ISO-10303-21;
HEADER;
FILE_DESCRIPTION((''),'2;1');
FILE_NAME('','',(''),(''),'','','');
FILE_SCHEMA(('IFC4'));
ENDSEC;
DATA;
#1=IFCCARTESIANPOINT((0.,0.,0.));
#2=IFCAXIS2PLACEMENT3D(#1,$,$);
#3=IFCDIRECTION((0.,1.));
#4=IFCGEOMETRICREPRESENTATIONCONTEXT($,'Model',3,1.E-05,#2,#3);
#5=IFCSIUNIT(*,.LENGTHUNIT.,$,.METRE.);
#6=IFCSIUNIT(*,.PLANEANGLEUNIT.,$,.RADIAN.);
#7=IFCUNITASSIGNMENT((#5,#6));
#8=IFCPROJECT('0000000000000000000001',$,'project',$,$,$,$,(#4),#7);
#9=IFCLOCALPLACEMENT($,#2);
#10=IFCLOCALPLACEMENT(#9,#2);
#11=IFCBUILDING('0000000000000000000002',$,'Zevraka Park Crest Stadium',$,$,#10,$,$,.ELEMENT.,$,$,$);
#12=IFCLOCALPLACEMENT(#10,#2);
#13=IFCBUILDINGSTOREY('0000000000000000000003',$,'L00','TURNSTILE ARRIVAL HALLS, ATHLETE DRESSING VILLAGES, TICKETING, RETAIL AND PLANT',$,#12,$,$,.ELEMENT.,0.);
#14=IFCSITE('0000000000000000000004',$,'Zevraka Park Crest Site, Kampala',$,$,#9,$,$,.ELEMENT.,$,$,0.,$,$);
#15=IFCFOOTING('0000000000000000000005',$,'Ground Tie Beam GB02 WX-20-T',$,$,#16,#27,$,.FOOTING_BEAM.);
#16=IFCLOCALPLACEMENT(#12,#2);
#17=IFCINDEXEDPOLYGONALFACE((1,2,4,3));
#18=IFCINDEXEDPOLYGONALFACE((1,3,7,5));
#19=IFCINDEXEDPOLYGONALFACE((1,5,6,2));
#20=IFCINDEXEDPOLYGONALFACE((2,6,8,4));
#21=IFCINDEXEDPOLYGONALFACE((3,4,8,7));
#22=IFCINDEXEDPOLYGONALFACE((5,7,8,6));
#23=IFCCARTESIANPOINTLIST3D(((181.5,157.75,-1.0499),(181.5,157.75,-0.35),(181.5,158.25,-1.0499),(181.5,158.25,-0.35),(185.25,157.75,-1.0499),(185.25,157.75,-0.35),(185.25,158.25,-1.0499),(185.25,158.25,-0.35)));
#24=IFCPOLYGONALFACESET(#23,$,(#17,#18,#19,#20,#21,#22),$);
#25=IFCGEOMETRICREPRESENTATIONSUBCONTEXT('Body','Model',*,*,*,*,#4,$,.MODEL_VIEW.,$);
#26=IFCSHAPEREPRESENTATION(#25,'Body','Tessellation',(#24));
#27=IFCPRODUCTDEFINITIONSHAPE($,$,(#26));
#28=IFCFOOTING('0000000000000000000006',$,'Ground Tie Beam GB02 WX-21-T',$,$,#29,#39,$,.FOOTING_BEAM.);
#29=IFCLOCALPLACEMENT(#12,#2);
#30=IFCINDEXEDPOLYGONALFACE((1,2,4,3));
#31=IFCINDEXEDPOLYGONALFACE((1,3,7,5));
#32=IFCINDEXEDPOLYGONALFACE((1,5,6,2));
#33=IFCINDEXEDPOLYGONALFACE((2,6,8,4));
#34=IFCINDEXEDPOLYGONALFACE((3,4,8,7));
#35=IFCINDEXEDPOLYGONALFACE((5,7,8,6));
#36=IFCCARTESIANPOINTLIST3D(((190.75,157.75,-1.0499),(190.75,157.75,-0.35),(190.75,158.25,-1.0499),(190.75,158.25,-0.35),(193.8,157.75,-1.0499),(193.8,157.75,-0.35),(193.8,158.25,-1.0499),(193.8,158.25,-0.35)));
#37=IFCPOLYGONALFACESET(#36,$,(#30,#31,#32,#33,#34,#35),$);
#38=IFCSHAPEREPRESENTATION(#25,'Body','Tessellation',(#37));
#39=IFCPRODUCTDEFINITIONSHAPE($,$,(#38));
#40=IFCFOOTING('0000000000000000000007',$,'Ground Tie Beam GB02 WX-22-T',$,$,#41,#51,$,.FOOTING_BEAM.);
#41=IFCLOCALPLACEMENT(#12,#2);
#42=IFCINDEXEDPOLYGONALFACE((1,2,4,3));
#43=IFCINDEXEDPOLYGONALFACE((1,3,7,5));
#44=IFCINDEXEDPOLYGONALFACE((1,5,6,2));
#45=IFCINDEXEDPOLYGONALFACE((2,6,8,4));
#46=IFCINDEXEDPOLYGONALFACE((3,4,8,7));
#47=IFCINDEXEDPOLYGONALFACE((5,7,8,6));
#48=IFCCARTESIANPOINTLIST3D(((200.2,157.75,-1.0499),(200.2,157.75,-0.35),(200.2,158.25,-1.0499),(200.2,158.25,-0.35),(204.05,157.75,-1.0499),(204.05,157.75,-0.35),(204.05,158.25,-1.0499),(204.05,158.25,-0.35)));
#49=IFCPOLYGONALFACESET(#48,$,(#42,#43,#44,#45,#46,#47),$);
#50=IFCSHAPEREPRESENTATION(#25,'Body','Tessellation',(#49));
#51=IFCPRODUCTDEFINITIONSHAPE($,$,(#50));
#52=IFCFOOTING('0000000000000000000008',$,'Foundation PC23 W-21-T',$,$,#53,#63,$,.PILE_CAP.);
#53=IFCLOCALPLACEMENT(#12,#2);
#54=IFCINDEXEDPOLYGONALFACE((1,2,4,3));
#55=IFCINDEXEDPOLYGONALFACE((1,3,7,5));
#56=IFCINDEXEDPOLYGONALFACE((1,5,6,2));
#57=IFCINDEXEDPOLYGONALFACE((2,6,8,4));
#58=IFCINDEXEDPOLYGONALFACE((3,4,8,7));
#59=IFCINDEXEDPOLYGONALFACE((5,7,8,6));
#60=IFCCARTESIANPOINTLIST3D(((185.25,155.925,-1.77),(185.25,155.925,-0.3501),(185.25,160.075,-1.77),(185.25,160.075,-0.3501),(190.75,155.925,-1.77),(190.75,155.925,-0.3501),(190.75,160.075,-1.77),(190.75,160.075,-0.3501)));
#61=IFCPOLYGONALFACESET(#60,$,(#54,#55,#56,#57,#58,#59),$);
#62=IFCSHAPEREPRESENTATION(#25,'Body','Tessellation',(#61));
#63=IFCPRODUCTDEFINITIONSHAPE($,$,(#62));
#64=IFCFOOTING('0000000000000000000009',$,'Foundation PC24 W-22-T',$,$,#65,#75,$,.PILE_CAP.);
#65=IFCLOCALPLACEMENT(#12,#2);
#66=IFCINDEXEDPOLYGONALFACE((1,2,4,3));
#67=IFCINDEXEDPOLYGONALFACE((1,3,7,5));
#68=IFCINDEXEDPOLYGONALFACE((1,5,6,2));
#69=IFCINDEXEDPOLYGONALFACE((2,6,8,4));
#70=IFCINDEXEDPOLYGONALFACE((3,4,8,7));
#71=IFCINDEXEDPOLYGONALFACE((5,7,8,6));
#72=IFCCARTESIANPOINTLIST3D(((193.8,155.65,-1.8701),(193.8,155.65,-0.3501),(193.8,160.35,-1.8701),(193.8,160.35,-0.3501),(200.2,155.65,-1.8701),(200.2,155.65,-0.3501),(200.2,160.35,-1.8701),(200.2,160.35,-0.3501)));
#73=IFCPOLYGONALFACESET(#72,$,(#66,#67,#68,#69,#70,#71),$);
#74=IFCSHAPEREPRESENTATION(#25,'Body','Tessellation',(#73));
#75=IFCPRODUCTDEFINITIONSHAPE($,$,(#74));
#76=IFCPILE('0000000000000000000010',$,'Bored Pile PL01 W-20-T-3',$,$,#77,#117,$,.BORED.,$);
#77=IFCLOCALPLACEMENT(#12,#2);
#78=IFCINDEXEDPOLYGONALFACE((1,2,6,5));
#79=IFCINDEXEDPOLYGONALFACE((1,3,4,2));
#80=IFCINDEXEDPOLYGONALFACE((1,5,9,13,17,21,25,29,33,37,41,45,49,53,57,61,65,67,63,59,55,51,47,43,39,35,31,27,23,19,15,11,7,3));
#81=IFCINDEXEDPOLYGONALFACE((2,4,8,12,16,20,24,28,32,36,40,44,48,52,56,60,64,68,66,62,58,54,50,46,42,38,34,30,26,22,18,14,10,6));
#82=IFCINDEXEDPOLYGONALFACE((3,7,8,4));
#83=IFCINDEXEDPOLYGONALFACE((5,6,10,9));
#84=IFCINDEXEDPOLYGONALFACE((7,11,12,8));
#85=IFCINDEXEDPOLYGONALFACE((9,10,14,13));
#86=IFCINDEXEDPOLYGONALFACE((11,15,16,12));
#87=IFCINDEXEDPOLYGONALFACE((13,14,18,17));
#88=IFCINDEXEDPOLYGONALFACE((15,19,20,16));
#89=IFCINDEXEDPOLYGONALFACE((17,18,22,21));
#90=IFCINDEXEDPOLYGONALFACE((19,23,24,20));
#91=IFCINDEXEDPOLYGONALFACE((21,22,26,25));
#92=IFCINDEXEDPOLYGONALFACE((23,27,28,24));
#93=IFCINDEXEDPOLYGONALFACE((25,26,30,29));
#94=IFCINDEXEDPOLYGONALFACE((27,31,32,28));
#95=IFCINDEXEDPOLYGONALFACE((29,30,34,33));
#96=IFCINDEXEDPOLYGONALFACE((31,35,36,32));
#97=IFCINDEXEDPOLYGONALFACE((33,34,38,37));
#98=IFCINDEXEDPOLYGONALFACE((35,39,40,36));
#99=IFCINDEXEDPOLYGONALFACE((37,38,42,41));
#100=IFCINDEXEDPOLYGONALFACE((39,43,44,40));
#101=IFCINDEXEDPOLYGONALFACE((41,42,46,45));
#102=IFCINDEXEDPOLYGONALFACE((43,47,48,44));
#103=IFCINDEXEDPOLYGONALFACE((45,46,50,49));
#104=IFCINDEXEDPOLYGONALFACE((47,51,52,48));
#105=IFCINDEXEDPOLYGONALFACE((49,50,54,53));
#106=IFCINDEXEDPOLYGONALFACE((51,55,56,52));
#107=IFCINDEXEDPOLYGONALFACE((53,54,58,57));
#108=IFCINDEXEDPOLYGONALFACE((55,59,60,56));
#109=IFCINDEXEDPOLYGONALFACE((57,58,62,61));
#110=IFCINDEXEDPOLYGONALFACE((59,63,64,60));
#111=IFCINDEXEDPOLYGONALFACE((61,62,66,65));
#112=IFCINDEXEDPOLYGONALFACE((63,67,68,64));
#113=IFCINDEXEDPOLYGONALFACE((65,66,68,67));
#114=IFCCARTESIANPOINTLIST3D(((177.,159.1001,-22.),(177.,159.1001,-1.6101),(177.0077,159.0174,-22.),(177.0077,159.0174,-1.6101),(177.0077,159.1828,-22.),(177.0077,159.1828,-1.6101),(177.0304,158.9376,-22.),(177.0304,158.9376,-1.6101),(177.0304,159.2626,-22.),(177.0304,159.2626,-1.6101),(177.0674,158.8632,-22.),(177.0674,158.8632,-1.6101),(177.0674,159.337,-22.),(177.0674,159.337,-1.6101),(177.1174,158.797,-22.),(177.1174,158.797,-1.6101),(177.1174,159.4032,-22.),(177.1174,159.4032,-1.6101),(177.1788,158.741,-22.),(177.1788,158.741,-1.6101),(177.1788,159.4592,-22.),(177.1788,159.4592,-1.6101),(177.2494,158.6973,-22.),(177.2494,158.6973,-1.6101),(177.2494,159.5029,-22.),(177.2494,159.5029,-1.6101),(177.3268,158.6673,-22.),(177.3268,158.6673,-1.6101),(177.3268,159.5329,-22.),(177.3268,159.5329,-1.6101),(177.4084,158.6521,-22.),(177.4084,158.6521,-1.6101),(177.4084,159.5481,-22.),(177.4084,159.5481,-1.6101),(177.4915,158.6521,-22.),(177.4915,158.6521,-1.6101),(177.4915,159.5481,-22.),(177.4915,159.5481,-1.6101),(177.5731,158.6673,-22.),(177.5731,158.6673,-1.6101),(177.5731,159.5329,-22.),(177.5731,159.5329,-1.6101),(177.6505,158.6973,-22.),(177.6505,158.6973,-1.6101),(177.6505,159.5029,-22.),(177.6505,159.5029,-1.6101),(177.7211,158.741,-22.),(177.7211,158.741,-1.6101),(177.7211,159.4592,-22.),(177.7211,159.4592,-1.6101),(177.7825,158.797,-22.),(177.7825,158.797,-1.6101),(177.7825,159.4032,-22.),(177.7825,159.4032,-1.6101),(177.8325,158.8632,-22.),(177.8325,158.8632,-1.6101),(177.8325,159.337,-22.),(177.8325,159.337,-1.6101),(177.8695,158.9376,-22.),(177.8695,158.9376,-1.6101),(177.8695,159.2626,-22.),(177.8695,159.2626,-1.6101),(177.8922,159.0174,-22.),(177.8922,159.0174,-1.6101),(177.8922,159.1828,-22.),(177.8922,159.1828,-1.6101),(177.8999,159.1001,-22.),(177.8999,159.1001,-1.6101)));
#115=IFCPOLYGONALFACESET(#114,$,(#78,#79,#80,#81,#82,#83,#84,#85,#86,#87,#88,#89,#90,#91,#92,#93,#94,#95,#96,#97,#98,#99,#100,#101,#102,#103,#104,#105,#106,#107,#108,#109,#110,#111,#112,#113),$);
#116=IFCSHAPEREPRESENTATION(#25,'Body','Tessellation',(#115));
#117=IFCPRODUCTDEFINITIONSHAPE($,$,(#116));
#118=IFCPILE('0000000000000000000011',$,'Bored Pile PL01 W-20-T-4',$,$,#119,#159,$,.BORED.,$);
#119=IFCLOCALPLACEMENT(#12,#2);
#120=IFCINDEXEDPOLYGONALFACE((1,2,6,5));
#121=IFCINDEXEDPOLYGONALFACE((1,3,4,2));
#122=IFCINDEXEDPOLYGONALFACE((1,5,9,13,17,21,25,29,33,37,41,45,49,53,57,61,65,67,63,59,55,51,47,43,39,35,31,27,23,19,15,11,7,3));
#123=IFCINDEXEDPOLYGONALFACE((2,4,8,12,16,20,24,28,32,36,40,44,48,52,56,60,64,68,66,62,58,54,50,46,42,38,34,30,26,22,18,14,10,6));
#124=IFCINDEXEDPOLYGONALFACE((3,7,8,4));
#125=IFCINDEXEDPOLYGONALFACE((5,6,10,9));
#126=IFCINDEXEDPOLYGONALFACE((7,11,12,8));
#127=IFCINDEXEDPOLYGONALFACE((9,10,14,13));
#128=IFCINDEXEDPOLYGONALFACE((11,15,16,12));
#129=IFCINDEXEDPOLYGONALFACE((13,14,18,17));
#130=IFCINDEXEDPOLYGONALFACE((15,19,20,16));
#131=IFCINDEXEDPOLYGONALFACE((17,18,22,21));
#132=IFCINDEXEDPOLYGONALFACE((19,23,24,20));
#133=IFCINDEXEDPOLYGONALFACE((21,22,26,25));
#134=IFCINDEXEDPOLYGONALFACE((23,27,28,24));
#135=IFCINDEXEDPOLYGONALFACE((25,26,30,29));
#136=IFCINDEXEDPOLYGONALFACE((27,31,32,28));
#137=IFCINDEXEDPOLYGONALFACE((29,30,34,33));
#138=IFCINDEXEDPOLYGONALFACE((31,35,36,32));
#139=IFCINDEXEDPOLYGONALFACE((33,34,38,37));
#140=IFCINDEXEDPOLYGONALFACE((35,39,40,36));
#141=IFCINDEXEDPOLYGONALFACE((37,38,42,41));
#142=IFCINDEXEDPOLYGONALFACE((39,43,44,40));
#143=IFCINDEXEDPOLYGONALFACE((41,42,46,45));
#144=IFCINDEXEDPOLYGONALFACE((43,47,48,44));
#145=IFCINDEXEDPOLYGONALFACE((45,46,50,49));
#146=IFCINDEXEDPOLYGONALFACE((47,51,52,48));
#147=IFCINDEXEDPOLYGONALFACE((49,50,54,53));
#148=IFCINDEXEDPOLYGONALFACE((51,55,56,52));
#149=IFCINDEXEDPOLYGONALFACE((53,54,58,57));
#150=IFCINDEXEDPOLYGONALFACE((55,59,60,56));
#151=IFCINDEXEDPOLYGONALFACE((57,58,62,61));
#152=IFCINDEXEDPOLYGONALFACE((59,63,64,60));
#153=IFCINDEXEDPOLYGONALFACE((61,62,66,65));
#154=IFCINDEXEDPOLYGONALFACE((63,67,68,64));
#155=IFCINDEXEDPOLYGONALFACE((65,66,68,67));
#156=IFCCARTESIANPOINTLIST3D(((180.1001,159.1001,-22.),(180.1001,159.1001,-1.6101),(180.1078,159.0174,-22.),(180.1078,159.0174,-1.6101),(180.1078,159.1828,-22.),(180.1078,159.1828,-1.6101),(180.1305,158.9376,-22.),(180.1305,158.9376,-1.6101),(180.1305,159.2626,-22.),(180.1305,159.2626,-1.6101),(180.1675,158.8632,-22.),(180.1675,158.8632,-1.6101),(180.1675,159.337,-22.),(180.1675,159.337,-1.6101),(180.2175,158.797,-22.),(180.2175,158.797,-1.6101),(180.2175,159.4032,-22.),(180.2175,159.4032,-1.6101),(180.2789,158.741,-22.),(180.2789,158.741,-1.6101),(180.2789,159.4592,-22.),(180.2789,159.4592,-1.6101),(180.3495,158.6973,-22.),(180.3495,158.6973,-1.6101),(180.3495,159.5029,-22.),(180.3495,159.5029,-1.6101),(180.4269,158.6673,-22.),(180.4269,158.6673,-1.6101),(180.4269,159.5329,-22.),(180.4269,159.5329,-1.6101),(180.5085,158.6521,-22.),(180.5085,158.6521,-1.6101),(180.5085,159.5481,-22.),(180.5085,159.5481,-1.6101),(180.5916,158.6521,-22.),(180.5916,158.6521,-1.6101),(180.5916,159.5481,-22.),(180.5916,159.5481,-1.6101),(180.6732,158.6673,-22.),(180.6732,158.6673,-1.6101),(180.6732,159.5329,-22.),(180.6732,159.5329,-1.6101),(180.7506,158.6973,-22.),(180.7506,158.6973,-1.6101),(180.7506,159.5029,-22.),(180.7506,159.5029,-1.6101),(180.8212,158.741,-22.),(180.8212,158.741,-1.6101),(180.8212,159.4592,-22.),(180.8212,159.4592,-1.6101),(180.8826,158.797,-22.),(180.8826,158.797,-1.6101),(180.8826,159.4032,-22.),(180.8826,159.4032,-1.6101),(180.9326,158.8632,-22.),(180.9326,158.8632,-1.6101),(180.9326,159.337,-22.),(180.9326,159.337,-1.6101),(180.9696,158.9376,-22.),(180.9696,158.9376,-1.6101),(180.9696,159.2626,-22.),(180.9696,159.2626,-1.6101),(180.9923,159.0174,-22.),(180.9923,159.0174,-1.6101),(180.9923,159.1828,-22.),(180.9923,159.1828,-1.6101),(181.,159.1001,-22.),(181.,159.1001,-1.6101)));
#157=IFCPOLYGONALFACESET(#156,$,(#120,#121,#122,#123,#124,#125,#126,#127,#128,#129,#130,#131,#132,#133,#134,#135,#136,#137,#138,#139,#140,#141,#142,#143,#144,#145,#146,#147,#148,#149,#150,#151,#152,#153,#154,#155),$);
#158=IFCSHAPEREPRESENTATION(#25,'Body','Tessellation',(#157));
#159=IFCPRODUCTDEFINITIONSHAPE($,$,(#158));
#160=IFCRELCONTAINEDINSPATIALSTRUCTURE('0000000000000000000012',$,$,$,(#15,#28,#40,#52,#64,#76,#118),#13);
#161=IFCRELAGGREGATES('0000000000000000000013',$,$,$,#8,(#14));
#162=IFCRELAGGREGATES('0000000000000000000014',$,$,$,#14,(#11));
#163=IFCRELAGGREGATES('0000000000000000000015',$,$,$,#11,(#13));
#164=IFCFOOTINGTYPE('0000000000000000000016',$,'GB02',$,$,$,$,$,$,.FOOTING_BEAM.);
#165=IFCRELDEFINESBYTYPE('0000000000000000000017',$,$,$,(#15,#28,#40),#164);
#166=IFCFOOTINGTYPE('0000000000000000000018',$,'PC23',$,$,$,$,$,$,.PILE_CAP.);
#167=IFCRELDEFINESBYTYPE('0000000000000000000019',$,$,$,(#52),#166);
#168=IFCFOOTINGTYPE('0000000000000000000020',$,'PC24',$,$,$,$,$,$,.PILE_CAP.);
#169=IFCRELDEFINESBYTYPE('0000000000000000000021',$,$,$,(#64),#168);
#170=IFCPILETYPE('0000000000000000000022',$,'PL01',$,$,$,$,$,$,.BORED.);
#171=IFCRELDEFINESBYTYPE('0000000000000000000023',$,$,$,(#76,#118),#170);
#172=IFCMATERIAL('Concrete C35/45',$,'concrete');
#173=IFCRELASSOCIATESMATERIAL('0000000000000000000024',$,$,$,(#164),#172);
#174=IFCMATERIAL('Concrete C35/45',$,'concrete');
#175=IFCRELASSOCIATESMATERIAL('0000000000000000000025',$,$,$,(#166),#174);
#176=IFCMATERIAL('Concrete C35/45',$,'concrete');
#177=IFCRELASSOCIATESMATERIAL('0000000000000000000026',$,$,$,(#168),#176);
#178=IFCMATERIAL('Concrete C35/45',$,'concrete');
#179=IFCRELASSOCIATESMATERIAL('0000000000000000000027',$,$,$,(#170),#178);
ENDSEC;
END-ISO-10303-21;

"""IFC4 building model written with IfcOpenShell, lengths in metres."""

from ifc_helpers import new_model, si_unit, direction, frame, origin, origin_2d, place, context, subcontext, project, spatial, rectangle, circle, extrude, material, material_profile, profile_set, type_object, element, save


model = new_model("IFC4")

# Units and contexts
model_context = context("Model", 3, precision=1e-05, world=origin(), true_north=direction((0.0, 1.0)))
body_context = subcontext(model_context, "Body", "Model", "MODEL_VIEW")
ifc_project = project(units=[si_unit("LENGTHUNIT", "METRE"), si_unit("PLANEANGLEUNIT", "RADIAN")], contexts=[model_context])

# Site, building, storey
site_placement = place(None, origin())
site = spatial("IfcSite", under=ifc_project, at=site_placement, Name="Zevraka Park Crest Site, Kampala", CompositionType="ELEMENT", RefElevation=0.0)
building_placement = place(site_placement, origin())
building = spatial("IfcBuilding", under=site, at=building_placement, Name="Zevraka Park Crest Stadium", CompositionType="ELEMENT")
storey_placement = place(building_placement, origin())
storey = spatial("IfcBuildingStorey", under=building, at=storey_placement, Name="L00", Description="TURNSTILE ARRIVAL HALLS, ATHLETE DRESSING VILLAGES, TICKETING, RETAIL AND PLANT", CompositionType="ELEMENT", Elevation=0.0)

# Footings
ifc_material_1 = material(Name="Concrete C35/45", Category="concrete")
ifc_material_profile_1 = material_profile(ifc_material_1, rectangle(XDim=0.5, YDim=0.7, at=origin_2d()), Name="GB 700x500")
ifc_profile_set_1 = profile_set([ifc_material_profile_1], Name="Concrete C35/45")
footing_type_1 = type_object("IfcFootingType", Name="GB02", PredefinedType="FOOTING_BEAM", material=ifc_profile_set_1)
footing_1_placement = place(storey_placement, frame((181.5, 158.0, -0.7), z_axis=(1.0, 0.0, 0.0), x_axis=(0.0, 1.0, 0.0)))
element("IfcFooting", 1, at=footing_1_placement, inside=storey, type_object=footing_type_1, Name="Ground Tie Beam GB02 WX-20-T", PredefinedType="FOOTING_BEAM", context=body_context, shape_type="SweptSolid", body=[
    extrude(rectangle(XDim=0.5, YDim=0.7, at=origin_2d()), origin(), (0.0, 0.0, 1.0), 3.75),
])
footing_2_placement = place(storey_placement, frame((190.75, 158.0, -0.7), z_axis=(1.0, 0.0, 0.0), x_axis=(0.0, 1.0, 0.0)))
element("IfcFooting", 2, at=footing_2_placement, inside=storey, type_object=footing_type_1, Name="Ground Tie Beam GB02 WX-21-T", PredefinedType="FOOTING_BEAM", context=body_context, shape_type="SweptSolid", body=[
    extrude(rectangle(XDim=0.5, YDim=0.7, at=origin_2d()), origin(), (0.0, 0.0, 1.0), 3.05),
])
footing_3_placement = place(storey_placement, frame((200.2, 158.0, -0.7), z_axis=(1.0, 0.0, 0.0), x_axis=(0.0, 1.0, 0.0)))
element("IfcFooting", 3, at=footing_3_placement, inside=storey, type_object=footing_type_1, Name="Ground Tie Beam GB02 WX-22-T", PredefinedType="FOOTING_BEAM", context=body_context, shape_type="SweptSolid", body=[
    extrude(rectangle(XDim=0.5, YDim=0.7, at=origin_2d()), origin(), (0.0, 0.0, 1.0), 3.8501),
])
ifc_material_2 = material(Name="Concrete C35/45", Category="concrete")
footing_type_2 = type_object("IfcFootingType", Name="PC23", PredefinedType="PILE_CAP", material=ifc_material_2)
footing_4_placement = place(storey_placement, frame((188.0, 158.0, -1.77), z_axis=(0.0, 0.0, 1.0), x_axis=(1.0, 0.0, 0.0)))
element("IfcFooting", 4, at=footing_4_placement, inside=storey, type_object=footing_type_2, Name="Foundation PC23 W-21-T", PredefinedType="PILE_CAP", context=body_context, shape_type="SweptSolid", body=[
    extrude(rectangle(XDim=5.5, YDim=4.1499, at=origin_2d()), origin(), (0.0, 0.0, 1.0), 1.4199),
])
ifc_material_3 = material(Name="Concrete C35/45", Category="concrete")
footing_type_3 = type_object("IfcFootingType", Name="PC24", PredefinedType="PILE_CAP", material=ifc_material_3)
footing_5_placement = place(storey_placement, frame((197.0, 158.0, -1.8701), z_axis=(0.0, 0.0, 1.0), x_axis=(1.0, 0.0, 0.0)))
element("IfcFooting", 5, at=footing_5_placement, inside=storey, type_object=footing_type_3, Name="Foundation PC24 W-22-T", PredefinedType="PILE_CAP", context=body_context, shape_type="SweptSolid", body=[
    extrude(rectangle(XDim=6.3999, YDim=4.7, at=origin_2d()), origin(), (0.0, 0.0, 1.0), 1.52),
])

# Piles
ifc_material_4 = material(Name="Concrete C35/45", Category="concrete")
ifc_material_profile_2 = material_profile(ifc_material_4, circle(Radius=0.45, at=origin_2d()), Name="PILE D900")
ifc_profile_set_2 = profile_set([ifc_material_profile_2], Name="Concrete C35/45")
pile_type_1 = type_object("IfcPileType", Name="PL01", PredefinedType="BORED", material=ifc_profile_set_2)
for number, where, z_axis, x_axis, name in (
    (6, (177.45, 159.1001, -1.6101), (0.0, 0.0, -1.0), (1.0, 0.0, 0.0), "Bored Pile PL01 W-20-T-3"),
    (7, (180.55, 159.1001, -1.6101), (0.0, 0.0, -1.0), (1.0, 0.0, 0.0), "Bored Pile PL01 W-20-T-4"),
):
    element("IfcPile", number, at=place(storey_placement, frame(where, z_axis=z_axis, x_axis=x_axis)), inside=storey, type_object=pile_type_1, Name=name, PredefinedType="BORED", context=body_context, shape_type="SweptSolid", body=[
        extrude(circle(Radius=0.45, at=origin_2d()), origin(), (0.0, 0.0, 1.0), 20.3899),
    ])

save(model, "model.ifc")
